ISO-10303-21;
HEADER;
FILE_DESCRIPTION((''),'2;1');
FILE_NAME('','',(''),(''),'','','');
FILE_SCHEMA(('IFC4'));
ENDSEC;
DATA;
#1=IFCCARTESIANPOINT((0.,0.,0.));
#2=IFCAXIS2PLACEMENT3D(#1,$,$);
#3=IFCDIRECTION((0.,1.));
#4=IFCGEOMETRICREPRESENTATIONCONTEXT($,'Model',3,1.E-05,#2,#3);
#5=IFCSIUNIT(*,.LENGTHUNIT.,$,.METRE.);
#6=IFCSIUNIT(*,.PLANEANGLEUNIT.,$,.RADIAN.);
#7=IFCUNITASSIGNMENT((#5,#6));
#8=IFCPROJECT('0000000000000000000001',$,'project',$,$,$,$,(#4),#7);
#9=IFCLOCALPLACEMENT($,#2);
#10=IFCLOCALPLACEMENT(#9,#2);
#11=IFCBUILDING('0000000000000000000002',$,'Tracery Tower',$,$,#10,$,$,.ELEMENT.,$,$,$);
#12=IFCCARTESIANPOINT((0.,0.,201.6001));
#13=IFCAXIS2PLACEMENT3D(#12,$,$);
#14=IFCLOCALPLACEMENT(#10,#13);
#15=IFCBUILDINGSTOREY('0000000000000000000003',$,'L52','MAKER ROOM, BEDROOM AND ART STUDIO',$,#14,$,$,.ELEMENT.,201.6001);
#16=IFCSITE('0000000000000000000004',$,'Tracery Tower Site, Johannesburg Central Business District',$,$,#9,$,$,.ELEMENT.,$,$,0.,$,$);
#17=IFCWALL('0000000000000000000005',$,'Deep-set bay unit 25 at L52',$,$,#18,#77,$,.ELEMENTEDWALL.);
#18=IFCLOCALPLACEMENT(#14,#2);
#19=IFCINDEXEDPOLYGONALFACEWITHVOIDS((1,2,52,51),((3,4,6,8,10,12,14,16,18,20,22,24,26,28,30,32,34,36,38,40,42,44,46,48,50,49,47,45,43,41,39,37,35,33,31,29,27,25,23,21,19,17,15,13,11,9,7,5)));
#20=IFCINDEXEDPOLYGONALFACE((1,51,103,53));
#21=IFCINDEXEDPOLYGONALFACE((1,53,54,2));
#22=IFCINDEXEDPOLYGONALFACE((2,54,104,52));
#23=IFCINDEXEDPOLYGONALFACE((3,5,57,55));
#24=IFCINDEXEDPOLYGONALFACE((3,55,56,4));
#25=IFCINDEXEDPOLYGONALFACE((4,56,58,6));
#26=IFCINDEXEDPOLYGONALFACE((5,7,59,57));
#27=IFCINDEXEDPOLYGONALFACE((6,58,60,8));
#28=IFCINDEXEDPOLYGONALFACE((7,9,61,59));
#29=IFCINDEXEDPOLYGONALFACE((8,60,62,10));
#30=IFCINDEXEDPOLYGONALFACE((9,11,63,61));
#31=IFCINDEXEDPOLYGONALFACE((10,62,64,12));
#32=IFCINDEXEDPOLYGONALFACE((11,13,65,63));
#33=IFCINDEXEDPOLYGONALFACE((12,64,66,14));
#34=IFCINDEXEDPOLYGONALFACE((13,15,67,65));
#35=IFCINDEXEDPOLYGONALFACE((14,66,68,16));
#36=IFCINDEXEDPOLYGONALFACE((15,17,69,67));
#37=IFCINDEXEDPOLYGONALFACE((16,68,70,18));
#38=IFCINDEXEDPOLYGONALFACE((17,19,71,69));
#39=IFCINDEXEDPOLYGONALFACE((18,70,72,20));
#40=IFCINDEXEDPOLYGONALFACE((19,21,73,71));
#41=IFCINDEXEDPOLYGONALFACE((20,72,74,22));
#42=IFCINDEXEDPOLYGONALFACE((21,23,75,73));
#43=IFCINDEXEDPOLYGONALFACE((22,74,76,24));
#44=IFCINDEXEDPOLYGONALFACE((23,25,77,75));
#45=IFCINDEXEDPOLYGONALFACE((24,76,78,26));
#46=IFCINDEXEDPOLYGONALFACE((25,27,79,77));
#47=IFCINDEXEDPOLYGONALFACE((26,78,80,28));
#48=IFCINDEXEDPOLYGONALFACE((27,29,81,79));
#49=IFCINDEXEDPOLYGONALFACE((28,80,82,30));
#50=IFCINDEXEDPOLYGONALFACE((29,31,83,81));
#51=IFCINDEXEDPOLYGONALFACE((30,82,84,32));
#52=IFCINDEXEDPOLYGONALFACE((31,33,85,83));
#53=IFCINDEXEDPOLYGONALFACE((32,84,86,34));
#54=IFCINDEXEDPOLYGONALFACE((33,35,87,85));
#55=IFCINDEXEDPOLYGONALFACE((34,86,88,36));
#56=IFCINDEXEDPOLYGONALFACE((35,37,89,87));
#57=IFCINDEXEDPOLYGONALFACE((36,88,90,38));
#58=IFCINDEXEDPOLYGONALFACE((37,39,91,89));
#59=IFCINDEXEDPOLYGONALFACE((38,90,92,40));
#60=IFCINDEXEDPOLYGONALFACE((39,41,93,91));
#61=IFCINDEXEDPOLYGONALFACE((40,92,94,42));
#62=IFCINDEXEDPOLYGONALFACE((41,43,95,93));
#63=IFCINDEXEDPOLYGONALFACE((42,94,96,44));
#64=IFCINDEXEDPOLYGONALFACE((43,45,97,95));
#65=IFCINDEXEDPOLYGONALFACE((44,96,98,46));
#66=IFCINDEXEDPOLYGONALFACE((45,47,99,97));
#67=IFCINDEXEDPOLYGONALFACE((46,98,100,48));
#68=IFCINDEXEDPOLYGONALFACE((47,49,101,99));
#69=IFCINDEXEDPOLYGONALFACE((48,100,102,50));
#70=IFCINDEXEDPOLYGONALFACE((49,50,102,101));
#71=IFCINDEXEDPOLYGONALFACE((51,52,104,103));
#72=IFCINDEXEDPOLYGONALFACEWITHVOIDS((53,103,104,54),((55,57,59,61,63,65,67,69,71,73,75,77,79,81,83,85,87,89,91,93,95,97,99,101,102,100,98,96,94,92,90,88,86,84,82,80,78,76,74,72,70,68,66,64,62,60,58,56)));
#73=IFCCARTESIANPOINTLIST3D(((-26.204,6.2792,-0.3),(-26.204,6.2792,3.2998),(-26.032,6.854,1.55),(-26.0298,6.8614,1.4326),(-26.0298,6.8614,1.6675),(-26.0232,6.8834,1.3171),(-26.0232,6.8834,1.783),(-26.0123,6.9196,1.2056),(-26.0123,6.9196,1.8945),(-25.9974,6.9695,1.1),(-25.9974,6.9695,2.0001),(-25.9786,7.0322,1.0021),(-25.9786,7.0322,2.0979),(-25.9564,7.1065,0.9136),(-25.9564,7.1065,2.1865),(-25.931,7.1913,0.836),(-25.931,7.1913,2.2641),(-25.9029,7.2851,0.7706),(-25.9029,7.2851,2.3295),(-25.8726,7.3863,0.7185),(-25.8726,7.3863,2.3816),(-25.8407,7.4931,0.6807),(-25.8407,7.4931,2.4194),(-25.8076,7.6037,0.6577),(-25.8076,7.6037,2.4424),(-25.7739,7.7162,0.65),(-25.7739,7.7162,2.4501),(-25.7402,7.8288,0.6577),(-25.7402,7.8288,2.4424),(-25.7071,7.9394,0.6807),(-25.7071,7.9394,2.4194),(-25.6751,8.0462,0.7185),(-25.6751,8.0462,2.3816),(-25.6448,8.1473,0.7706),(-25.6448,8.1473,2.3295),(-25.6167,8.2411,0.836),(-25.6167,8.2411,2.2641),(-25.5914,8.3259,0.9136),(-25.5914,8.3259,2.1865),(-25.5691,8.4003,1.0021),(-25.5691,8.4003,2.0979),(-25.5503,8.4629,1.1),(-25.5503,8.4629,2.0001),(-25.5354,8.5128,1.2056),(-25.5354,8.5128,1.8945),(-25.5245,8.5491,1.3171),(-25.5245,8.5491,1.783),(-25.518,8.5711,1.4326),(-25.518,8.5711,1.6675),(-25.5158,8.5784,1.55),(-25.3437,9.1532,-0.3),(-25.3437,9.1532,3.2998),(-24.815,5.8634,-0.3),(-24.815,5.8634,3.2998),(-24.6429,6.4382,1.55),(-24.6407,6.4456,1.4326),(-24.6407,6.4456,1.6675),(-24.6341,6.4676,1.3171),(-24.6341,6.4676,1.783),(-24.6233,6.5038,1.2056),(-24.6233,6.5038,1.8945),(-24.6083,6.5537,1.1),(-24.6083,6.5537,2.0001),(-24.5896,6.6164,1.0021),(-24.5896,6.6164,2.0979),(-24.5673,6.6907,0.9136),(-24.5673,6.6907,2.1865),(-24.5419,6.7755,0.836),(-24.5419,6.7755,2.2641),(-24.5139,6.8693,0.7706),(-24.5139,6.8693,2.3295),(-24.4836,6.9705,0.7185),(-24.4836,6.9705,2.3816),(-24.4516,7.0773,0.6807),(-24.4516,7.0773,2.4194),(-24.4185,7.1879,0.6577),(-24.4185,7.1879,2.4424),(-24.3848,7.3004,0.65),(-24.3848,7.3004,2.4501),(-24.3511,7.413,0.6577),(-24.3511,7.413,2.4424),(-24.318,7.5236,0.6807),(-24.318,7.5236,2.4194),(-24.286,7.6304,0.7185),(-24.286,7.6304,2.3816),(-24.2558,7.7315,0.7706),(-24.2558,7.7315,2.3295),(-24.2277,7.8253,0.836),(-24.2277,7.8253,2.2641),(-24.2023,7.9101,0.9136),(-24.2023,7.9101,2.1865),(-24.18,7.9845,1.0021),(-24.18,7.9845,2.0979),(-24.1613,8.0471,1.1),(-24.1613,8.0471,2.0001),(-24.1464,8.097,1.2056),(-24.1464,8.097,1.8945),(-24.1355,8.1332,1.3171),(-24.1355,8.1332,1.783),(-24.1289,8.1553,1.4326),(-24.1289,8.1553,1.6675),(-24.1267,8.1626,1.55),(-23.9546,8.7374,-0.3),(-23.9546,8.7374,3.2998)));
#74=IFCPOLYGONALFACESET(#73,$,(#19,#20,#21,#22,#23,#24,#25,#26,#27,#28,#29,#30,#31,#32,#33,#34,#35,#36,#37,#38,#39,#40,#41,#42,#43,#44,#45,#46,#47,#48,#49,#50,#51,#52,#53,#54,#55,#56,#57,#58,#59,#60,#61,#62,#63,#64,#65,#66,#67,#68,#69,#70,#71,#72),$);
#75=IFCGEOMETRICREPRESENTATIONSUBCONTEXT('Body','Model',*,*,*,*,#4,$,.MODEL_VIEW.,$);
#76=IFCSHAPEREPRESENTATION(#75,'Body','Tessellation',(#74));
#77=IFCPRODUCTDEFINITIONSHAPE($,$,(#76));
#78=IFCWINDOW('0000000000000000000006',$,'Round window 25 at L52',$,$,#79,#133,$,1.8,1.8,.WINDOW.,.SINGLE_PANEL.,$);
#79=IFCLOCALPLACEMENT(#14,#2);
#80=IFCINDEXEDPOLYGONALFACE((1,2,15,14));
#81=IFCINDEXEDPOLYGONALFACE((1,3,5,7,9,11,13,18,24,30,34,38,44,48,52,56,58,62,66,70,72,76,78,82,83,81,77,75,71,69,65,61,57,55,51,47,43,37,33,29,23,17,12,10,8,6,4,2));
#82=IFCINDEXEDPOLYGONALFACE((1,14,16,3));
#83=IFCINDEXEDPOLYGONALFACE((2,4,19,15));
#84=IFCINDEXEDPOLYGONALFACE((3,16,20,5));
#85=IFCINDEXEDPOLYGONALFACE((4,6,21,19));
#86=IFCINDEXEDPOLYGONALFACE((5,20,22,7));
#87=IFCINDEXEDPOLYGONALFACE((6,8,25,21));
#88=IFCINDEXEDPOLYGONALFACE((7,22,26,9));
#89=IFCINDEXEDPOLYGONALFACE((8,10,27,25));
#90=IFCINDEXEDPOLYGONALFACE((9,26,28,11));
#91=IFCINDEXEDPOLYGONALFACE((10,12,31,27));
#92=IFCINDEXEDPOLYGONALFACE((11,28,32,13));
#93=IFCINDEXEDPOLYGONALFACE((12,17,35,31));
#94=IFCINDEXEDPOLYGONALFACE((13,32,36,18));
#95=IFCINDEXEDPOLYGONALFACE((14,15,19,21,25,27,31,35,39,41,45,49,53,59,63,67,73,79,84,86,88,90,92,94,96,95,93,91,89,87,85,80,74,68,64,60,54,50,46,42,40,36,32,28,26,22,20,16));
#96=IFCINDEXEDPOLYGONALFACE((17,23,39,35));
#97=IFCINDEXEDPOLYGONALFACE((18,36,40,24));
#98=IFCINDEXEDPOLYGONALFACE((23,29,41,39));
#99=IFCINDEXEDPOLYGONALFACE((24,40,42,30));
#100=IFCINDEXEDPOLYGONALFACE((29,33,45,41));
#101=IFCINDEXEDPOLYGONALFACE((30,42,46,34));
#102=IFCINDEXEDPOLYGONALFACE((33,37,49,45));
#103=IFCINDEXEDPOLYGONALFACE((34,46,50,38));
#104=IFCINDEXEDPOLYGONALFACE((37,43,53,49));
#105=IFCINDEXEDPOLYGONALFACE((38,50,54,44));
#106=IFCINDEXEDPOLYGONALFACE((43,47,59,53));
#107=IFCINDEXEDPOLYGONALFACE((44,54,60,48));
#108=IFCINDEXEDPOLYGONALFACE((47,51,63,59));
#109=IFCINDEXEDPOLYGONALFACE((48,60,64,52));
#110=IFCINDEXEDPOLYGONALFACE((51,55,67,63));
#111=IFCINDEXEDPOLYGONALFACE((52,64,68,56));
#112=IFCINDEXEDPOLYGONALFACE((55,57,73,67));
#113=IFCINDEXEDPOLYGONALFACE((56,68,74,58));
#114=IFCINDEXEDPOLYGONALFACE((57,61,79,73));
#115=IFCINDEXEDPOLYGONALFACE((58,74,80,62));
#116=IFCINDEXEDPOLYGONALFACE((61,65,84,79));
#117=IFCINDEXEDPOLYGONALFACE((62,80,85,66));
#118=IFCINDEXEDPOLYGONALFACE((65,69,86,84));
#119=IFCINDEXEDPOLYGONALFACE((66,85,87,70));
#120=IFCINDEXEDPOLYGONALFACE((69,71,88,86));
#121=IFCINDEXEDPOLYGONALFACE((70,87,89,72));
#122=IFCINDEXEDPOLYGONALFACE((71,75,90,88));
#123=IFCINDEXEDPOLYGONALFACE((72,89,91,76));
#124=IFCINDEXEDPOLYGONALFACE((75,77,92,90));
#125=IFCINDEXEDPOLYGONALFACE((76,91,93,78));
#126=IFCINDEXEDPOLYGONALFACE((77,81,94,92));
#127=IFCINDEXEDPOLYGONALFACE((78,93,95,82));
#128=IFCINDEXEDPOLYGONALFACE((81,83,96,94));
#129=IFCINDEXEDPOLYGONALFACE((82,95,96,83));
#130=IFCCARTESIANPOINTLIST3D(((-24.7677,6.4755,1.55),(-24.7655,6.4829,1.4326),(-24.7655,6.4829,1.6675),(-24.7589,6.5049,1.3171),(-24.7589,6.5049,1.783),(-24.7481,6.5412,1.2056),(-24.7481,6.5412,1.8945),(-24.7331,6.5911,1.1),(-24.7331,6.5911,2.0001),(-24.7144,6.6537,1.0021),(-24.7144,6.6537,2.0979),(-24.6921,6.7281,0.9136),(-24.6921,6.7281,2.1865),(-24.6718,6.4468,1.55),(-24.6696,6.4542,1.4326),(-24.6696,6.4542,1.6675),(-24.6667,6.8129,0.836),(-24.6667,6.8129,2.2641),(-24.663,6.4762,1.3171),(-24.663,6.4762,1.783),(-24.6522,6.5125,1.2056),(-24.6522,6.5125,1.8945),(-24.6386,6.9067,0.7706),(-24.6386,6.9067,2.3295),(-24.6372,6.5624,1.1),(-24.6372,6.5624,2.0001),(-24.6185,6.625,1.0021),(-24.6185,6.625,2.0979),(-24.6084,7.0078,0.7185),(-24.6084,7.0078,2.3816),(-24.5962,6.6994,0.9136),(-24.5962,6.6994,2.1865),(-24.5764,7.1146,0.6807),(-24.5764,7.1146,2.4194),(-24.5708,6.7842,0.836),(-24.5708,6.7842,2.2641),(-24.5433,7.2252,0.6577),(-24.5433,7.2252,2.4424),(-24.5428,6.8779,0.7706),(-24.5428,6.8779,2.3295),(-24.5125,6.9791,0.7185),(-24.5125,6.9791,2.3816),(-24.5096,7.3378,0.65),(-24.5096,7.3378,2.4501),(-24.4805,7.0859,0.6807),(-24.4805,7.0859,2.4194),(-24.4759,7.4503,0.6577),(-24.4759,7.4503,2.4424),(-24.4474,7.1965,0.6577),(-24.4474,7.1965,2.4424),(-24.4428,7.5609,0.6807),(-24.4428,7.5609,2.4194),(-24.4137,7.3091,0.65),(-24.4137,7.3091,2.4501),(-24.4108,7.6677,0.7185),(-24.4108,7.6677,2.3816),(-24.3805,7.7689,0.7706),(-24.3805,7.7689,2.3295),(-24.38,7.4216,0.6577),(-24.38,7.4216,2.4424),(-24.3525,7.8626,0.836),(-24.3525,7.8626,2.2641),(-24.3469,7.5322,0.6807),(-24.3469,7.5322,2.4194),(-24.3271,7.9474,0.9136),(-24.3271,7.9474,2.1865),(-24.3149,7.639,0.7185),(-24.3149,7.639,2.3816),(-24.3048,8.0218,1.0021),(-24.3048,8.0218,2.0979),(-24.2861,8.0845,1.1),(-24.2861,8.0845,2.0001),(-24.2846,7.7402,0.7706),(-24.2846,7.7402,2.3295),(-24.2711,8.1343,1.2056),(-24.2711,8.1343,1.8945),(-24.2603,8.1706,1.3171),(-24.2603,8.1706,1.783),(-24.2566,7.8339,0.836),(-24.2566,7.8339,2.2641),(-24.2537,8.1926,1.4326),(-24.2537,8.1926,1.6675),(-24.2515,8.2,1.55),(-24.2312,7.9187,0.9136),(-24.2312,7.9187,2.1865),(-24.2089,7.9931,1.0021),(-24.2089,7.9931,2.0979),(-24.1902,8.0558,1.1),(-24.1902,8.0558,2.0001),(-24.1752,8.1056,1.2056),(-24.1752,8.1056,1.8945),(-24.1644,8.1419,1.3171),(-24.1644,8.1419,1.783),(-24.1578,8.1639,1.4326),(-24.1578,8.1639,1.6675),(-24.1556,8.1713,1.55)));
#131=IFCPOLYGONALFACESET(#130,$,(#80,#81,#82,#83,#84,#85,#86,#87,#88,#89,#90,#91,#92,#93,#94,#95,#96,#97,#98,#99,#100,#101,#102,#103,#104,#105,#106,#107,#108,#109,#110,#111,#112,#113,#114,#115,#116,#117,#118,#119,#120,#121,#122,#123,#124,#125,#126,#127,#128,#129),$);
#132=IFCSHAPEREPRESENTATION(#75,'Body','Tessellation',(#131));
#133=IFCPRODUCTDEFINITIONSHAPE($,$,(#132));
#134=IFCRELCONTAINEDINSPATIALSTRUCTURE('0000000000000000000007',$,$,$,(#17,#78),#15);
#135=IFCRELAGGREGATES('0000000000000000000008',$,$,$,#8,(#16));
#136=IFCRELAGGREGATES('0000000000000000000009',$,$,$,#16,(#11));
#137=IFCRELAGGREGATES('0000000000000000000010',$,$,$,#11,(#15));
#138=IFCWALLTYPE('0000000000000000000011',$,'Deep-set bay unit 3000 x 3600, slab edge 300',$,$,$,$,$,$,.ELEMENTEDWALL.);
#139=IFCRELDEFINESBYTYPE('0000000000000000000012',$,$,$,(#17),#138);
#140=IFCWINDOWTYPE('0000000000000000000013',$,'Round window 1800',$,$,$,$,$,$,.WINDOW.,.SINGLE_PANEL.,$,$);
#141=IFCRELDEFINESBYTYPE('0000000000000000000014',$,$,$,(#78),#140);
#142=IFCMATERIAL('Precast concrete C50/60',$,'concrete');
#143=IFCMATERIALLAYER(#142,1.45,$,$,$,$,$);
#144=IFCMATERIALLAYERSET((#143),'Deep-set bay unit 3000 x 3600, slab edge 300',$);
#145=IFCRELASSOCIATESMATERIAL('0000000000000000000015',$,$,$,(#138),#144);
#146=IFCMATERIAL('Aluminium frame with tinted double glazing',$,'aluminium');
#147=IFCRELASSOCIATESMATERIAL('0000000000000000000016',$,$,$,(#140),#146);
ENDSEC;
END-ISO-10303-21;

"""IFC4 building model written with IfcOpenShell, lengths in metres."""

from ifc_helpers import new_model, si_unit, direction, frame, frame_2d, origin, origin_2d, place, context, subcontext, project, spatial, rectangle, circle, extrude, material, layer, layer_set, type_object, element, fill, save


model = new_model("IFC4")

# Units and contexts
model_context = context("Model", 3, precision=1e-05, world=origin(), true_north=direction((0.0, 1.0)))
body_context = subcontext(model_context, "Body", "Model", "MODEL_VIEW")
ifc_project = project(units=[si_unit("LENGTHUNIT", "METRE"), si_unit("PLANEANGLEUNIT", "RADIAN")], contexts=[model_context])

# Site, building, storey
site_placement = place(None, origin())
site = spatial("IfcSite", under=ifc_project, at=site_placement, Name="Tracery Tower Site, Johannesburg Central Business District", CompositionType="ELEMENT", RefElevation=0.0)
building_placement = place(site_placement, origin())
building = spatial("IfcBuilding", under=site, at=building_placement, Name="Tracery Tower", CompositionType="ELEMENT")
storey_placement = place(building_placement, frame((0.0, 0.0, 201.6001)))
storey = spatial("IfcBuildingStorey", under=building, at=storey_placement, Name="L52", Description="MAKER ROOM, BEDROOM AND ART STUDIO", CompositionType="ELEMENT", Elevation=201.6001)

# Wall, opening, window
ifc_material_1 = material(Name="Precast concrete C50/60", Category="concrete")
ifc_layer_1 = layer(ifc_material_1, 1.45)
ifc_layer_set_1 = layer_set([ifc_layer_1], Name="Deep-set bay unit 3000 x 3600, slab edge 300")
wall_type_1 = type_object("IfcWallType", Name="Deep-set bay unit 3000 x 3600, slab edge 300", PredefinedType="ELEMENTEDWALL", material=ifc_layer_set_1)
ifc_material_2 = material(Name="Aluminium frame with tinted double glazing", Category="aluminium")
window_type = type_object("IfcWindowType", Name="Round window 1800", PartitioningType="SINGLE_PANEL", PredefinedType="WINDOW", material=ifc_material_2)
wall_1_placement = place(storey_placement, frame((-24.6492, 8.9453, -0.3), z_axis=(0.0, 0.0, 1.0), x_axis=(-0.28678, -0.957996, 0.0)))
wall_1 = element("IfcWall", 1, at=wall_1_placement, inside=storey, type_object=wall_type_1, Name="Deep-set bay unit 25 at L52", PredefinedType="ELEMENTEDWALL", context=body_context, shape_type="SweptSolid", body=[
    extrude(rectangle(XDim=3.0, YDim=1.45, at=frame_2d((1.5, 0.0))), origin(), (0.0, 0.0, 1.0), 3.5999),
])
opening_1_placement = place(wall_1_placement, frame((1.5, 0.0, 1.8501)))
opening_1 = element("IfcOpeningElement", 2, at=opening_1_placement, cuts=wall_1, PredefinedType="OPENING", context=body_context, shape_type="SweptSolid", body=[
    extrude(circle(Radius=0.9, at=origin_2d()), frame((0.0, 0.7349, 0.0), z_axis=(0.0, -1.0, 0.0), x_axis=(1.0, 0.0, 0.0)), (0.0, 0.0, 1.0), 1.47),
])
window_1_placement = place(opening_1_placement, origin())
window_1 = element("IfcWindow", 3, at=window_1_placement, inside=storey, type_object=window_type, Name="Round window 25 at L52", OverallHeight=1.8, OverallWidth=1.8, PartitioningType="SINGLE_PANEL", PredefinedType="WINDOW", context=body_context, shape_type="SweptSolid", body=[
    extrude(circle(Radius=0.9, at=origin_2d()), frame((0.0, 0.6948, 0.0), z_axis=(0.0, -1.0, 0.0), x_axis=(1.0, 0.0, 0.0)), (0.0, 0.0, 1.0), 0.1001),
])
fill(opening_1, window_1)

save(model, "model.ifc")
